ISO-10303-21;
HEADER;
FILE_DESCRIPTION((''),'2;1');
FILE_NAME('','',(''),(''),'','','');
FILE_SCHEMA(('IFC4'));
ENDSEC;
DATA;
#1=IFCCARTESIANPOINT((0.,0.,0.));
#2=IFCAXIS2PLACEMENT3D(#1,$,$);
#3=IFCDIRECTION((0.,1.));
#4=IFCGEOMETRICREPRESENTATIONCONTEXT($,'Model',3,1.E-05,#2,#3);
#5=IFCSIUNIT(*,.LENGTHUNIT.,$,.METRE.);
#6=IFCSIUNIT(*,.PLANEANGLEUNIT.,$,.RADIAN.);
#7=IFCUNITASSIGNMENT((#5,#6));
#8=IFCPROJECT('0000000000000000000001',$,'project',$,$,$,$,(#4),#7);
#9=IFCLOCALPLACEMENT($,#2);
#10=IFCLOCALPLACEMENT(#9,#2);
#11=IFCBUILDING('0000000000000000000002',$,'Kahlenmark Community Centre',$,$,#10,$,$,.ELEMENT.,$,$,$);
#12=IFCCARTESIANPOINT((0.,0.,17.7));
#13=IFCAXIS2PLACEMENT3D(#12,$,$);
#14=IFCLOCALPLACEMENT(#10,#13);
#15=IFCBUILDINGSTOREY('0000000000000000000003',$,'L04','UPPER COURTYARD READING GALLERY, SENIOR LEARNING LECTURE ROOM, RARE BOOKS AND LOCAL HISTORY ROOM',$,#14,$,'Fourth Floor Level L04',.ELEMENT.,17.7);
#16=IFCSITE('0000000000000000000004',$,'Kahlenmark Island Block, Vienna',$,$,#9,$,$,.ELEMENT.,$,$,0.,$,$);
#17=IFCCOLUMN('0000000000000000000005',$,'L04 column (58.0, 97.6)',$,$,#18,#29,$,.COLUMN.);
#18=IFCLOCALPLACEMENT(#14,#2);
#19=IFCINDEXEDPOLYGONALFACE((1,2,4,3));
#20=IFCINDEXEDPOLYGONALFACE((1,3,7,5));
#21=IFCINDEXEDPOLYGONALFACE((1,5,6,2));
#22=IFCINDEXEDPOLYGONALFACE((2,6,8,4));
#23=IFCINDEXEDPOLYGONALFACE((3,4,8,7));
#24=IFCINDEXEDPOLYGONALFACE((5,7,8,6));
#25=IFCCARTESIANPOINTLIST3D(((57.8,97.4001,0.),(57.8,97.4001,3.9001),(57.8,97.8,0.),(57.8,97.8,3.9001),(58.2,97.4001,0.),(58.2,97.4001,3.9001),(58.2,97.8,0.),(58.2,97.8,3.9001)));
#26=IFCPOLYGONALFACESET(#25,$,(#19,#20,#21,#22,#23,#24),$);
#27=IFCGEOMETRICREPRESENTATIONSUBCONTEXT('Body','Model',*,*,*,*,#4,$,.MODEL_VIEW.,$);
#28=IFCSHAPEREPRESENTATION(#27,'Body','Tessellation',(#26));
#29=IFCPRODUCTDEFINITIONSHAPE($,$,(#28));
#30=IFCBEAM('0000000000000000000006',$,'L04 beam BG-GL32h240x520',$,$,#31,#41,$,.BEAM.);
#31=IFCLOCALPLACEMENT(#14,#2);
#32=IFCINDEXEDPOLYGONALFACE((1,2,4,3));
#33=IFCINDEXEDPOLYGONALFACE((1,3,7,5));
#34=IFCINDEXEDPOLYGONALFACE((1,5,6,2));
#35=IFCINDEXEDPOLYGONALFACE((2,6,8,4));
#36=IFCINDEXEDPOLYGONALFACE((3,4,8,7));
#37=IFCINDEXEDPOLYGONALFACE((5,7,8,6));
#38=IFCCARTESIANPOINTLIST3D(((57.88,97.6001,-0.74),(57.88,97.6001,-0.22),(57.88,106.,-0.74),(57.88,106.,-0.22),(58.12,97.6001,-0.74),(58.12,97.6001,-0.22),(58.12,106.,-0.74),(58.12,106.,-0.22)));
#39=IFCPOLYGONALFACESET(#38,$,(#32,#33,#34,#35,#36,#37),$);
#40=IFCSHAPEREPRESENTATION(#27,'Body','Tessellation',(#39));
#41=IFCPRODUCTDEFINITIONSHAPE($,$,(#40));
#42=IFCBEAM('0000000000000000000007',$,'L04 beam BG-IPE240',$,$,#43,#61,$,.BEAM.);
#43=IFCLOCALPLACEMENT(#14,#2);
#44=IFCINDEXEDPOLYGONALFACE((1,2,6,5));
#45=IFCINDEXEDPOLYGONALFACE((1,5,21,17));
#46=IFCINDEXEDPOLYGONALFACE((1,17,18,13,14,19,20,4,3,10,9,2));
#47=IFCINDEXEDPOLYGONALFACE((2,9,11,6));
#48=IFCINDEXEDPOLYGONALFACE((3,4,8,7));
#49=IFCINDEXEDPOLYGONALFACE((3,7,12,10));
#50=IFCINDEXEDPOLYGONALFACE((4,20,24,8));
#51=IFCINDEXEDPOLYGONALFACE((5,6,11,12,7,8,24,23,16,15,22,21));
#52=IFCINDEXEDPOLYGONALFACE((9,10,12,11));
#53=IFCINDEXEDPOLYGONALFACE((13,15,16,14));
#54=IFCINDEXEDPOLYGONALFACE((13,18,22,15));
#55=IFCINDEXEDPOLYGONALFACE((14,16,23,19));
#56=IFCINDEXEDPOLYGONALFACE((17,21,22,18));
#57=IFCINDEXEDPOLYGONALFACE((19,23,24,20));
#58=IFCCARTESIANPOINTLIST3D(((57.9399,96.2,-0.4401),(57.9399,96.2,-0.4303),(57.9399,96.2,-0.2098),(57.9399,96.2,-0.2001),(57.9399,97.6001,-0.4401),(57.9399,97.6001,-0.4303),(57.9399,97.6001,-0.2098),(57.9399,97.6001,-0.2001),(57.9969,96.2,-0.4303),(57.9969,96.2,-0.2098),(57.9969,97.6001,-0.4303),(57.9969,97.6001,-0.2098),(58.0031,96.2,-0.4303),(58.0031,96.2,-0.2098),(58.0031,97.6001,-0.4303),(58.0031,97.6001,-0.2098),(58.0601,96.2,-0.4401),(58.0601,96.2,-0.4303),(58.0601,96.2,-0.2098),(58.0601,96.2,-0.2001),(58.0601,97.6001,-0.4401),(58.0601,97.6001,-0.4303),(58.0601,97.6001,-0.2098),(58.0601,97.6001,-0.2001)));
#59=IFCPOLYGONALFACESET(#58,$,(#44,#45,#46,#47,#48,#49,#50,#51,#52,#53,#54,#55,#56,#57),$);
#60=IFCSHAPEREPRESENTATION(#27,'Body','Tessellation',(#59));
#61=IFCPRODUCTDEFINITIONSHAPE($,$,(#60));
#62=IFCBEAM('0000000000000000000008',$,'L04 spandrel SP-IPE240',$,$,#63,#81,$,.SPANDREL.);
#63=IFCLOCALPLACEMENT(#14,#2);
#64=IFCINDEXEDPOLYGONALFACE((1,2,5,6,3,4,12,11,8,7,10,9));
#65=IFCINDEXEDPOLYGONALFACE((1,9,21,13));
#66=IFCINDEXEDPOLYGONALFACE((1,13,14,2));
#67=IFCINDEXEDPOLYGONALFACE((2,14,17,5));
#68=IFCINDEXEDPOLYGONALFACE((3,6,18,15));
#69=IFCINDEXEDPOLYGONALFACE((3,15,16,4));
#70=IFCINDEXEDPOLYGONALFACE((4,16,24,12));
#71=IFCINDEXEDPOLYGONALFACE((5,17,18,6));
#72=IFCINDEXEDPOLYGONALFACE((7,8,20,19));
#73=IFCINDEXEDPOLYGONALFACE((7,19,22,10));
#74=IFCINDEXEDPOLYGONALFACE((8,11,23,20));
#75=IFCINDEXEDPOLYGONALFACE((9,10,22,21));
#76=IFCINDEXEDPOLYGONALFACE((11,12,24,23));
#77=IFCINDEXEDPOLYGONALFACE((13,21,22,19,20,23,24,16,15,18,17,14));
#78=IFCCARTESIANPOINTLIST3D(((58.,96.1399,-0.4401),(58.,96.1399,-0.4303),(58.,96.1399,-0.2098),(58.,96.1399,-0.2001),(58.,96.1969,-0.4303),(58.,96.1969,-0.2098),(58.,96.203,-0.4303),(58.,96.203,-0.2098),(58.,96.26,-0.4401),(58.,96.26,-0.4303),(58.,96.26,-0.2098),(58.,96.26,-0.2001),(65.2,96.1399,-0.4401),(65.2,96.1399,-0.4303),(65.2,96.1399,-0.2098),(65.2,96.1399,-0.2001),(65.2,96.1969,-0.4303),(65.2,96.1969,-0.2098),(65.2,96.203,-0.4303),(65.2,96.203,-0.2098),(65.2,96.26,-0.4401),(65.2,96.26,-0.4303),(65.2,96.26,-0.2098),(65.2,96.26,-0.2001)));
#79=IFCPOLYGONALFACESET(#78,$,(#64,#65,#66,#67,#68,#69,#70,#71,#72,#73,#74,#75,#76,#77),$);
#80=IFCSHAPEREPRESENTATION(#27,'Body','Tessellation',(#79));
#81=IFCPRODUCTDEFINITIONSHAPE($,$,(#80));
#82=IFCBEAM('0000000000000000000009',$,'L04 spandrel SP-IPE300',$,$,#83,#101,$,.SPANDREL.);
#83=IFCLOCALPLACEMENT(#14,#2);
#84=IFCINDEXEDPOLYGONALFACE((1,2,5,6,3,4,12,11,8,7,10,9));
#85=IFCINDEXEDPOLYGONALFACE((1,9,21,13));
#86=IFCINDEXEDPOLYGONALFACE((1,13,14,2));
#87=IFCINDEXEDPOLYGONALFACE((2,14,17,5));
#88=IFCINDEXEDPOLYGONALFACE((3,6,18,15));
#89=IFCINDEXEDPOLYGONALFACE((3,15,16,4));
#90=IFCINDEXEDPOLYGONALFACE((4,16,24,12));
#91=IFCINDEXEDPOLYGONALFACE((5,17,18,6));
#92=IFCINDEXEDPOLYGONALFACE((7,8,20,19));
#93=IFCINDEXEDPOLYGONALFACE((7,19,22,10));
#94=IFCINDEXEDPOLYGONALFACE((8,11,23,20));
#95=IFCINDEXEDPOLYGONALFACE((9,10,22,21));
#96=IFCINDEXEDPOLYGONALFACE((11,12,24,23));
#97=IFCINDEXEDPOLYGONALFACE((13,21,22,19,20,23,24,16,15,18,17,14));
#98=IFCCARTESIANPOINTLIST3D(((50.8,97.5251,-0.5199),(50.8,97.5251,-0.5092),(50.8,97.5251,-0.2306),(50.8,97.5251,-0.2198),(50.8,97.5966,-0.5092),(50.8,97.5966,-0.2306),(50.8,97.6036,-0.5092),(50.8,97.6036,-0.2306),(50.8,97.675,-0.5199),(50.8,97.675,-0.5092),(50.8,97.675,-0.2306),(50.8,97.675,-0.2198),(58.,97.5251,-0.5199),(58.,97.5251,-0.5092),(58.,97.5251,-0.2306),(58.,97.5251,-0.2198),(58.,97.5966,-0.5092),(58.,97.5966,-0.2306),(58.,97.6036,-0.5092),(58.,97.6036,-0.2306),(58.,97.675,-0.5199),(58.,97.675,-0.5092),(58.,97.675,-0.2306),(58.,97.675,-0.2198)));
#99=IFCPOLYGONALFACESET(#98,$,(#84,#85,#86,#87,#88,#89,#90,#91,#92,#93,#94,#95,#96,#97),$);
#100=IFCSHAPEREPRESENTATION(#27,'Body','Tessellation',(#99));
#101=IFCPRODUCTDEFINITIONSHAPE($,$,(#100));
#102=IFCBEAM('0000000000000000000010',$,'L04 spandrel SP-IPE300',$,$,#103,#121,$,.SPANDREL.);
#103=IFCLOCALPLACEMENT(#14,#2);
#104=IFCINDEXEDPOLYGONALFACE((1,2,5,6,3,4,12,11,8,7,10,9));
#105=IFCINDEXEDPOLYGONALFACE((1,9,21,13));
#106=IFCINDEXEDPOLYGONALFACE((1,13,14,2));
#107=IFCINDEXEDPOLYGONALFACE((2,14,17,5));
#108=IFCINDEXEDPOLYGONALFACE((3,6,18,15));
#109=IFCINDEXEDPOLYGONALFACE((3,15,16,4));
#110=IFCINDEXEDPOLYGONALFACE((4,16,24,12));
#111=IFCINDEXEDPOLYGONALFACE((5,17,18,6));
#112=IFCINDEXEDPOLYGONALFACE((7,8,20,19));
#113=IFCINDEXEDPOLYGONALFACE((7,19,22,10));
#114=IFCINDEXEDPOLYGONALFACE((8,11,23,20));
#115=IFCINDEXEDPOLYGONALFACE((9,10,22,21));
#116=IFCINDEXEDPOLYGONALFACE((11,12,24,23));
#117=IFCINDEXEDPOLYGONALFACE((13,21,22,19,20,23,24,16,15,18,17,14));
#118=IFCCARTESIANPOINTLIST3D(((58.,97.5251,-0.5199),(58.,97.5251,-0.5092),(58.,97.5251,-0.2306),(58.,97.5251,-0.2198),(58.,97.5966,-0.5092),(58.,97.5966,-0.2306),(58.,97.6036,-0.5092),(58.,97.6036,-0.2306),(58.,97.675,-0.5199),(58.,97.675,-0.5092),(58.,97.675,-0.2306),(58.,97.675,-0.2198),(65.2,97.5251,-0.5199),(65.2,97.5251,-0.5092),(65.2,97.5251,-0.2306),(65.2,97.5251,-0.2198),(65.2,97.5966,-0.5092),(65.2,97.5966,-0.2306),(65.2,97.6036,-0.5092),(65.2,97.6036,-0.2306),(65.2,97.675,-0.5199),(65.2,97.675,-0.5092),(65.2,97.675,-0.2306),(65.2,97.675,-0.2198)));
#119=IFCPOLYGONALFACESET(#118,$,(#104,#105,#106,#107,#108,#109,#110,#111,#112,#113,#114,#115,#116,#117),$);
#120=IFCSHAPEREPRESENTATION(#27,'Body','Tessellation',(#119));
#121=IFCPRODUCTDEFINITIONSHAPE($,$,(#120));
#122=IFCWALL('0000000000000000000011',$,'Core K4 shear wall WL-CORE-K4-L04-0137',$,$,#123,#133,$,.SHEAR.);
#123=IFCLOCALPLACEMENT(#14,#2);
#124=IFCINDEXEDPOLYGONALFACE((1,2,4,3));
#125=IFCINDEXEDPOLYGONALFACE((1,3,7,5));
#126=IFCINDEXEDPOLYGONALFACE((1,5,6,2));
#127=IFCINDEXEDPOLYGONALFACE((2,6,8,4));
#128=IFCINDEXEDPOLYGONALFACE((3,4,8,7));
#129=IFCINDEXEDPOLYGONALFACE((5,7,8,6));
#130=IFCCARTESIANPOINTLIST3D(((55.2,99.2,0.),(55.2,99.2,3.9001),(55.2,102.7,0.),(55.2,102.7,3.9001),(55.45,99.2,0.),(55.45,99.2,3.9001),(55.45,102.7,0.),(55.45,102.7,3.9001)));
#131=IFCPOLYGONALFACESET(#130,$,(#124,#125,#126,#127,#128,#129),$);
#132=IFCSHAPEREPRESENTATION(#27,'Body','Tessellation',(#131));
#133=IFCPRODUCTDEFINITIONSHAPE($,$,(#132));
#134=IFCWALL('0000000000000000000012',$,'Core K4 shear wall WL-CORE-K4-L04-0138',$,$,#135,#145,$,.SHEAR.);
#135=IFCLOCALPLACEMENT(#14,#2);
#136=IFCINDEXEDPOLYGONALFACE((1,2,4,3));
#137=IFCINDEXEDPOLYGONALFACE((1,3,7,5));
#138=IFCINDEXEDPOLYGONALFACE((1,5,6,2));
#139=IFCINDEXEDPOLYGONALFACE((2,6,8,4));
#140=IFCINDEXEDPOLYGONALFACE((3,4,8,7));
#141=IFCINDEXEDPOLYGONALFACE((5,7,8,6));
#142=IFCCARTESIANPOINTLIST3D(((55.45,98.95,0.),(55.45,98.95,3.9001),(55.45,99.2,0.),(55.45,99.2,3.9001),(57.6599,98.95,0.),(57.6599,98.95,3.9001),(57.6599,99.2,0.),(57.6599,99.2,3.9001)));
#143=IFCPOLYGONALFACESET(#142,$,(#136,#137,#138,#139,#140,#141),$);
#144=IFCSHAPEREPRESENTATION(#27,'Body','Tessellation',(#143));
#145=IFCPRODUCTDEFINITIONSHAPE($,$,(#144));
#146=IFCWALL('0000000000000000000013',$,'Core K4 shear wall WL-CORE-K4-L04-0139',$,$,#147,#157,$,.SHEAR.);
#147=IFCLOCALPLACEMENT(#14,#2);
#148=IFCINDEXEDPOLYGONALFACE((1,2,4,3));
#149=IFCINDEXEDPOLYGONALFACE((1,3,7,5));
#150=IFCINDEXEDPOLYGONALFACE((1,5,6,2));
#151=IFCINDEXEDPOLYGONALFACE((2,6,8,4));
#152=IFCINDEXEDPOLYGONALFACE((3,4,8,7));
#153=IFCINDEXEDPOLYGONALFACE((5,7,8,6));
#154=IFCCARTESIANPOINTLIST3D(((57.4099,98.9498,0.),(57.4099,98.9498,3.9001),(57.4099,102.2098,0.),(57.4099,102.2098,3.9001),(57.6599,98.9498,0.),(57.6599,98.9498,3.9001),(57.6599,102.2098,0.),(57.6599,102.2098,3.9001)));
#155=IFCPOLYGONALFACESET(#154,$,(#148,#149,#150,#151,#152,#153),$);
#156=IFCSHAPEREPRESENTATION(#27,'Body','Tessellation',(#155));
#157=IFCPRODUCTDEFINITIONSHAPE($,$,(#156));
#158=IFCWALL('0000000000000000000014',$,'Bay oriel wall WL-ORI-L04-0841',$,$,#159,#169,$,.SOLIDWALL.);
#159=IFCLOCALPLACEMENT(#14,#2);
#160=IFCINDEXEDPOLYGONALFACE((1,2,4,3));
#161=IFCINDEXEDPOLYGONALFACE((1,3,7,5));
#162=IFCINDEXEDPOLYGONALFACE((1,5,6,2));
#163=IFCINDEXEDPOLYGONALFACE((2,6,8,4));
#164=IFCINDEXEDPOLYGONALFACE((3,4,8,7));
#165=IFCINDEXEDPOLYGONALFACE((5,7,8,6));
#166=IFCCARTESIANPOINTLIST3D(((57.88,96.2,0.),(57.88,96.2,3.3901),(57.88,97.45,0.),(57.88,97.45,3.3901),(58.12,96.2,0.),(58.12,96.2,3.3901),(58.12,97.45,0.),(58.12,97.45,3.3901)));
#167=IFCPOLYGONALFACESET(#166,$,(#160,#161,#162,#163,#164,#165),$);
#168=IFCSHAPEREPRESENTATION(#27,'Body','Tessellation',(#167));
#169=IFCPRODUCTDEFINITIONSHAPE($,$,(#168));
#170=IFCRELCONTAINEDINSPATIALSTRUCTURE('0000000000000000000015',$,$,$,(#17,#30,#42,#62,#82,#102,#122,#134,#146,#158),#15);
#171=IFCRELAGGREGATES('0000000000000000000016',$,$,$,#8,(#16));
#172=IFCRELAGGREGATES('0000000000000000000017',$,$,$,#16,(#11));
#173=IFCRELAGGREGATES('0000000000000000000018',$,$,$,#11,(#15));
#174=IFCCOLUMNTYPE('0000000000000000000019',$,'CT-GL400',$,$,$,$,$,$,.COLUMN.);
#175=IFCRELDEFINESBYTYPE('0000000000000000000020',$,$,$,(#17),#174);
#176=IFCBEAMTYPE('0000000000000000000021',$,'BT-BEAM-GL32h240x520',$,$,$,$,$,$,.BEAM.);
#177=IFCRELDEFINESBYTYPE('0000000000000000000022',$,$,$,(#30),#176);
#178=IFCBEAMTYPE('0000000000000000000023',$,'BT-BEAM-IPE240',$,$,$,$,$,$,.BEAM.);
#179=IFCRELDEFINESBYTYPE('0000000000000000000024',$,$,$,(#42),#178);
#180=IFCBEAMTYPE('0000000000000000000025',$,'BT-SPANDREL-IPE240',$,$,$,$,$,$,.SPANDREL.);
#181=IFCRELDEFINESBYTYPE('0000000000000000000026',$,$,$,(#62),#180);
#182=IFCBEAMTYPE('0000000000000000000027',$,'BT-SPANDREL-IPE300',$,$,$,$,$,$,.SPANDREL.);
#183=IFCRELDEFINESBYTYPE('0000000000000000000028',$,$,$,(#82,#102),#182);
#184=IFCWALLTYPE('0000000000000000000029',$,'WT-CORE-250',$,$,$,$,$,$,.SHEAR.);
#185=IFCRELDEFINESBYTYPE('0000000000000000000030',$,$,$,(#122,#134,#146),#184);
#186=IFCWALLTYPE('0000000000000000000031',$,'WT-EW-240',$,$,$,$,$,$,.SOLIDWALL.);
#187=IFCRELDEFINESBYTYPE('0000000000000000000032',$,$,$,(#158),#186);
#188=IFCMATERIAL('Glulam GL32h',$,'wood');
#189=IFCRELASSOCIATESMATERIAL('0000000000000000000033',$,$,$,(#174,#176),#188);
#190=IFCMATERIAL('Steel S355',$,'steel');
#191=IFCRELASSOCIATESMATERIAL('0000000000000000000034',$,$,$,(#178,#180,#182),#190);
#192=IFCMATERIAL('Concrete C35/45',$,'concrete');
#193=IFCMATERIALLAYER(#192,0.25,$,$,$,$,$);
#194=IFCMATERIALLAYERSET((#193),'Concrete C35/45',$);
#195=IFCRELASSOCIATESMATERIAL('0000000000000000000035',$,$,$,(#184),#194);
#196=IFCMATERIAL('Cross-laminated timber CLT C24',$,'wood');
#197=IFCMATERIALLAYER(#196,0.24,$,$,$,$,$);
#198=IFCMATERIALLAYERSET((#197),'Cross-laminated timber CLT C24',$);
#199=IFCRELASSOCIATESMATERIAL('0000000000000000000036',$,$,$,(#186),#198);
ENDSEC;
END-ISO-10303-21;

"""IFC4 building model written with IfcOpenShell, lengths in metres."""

from ifc_helpers import new_model, si_unit, direction, frame, frame_2d, origin, origin_2d, place, context, subcontext, project, spatial, rectangle, i_section, extrude, material, layer, layer_set, material_profile, profile_set, type_object, element, save


model = new_model("IFC4")

# Units and contexts
model_context = context("Model", 3, precision=1e-05, world=origin(), true_north=direction((0.0, 1.0)))
body_context = subcontext(model_context, "Body", "Model", "MODEL_VIEW")
ifc_project = project(units=[si_unit("LENGTHUNIT", "METRE"), si_unit("PLANEANGLEUNIT", "RADIAN")], contexts=[model_context])

# Site, building, storey
site_placement = place(None, origin())
site = spatial("IfcSite", under=ifc_project, at=site_placement, Name="Kahlenmark Island Block, Vienna", CompositionType="ELEMENT", RefElevation=0.0)
building_placement = place(site_placement, origin())
building = spatial("IfcBuilding", under=site, at=building_placement, Name="Kahlenmark Community Centre", CompositionType="ELEMENT")
storey_placement = place(building_placement, frame((0.0, 0.0, 17.7)))
storey = spatial("IfcBuildingStorey", under=building, at=storey_placement, Name="L04", Description="UPPER COURTYARD READING GALLERY, SENIOR LEARNING LECTURE ROOM, RARE BOOKS AND LOCAL HISTORY ROOM", LongName="Fourth Floor Level L04", CompositionType="ELEMENT", Elevation=17.7)

# Column
ifc_material_1 = material(Name="Glulam GL32h", Category="wood")
ifc_material_profile_1 = material_profile(ifc_material_1, rectangle(XDim=0.3999, YDim=0.3999, at=origin_2d()), Name="GL32h 400x400")
ifc_profile_set_1 = profile_set([ifc_material_profile_1], Name="Glulam GL32h")
column_type = type_object("IfcColumnType", Name="CT-GL400", PredefinedType="COLUMN", material=ifc_profile_set_1)
column_placement = place(storey_placement, frame((58.0, 97.6001, 0.0), z_axis=(0.0, 0.0, 1.0), x_axis=(1.0, 0.0, 0.0)))
element("IfcColumn", 1, at=column_placement, inside=storey, type_object=column_type, Name="L04 column (58.0, 97.6)", PredefinedType="COLUMN", context=body_context, shape_type="SweptSolid", body=[
    extrude(rectangle(XDim=0.3999, YDim=0.3999, at=origin_2d()), origin(), (0.0, 0.0, 1.0), 3.9001),
])

# Beams
ifc_material_profile_2 = material_profile(ifc_material_1, rectangle(XDim=0.24, YDim=0.52, at=origin_2d()), Name="GL32h 240x520")
ifc_profile_set_2 = profile_set([ifc_material_profile_2], Name="Glulam GL32h")
beam_type_1 = type_object("IfcBeamType", Name="BT-BEAM-GL32h240x520", PredefinedType="BEAM", material=ifc_profile_set_2)
beam_1_placement = place(storey_placement, frame((58.0, 97.6001, -0.48), z_axis=(0.0, 1.0, 0.0), x_axis=(-1.0, 0.0, 0.0)))
element("IfcBeam", 2, at=beam_1_placement, inside=storey, type_object=beam_type_1, Name="L04 beam BG-GL32h240x520", PredefinedType="BEAM", context=body_context, shape_type="SweptSolid", body=[
    extrude(rectangle(XDim=0.24, YDim=0.52, at=origin_2d()), origin(), (0.0, 0.0, 1.0), 8.3999),
])
ifc_material_2 = material(Name="Steel S355", Category="steel")
ifc_material_profile_3 = material_profile(ifc_material_2, i_section(OverallWidth=0.1201, OverallDepth=0.24, WebThickness=0.0061, FlangeThickness=0.0098, at=origin_2d()), Name="IPE 240")
ifc_profile_set_3 = profile_set([ifc_material_profile_3], Name="Steel S355")
beam_type_2 = type_object("IfcBeamType", Name="BT-BEAM-IPE240", PredefinedType="BEAM", material=ifc_profile_set_3)
beam_2_placement = place(storey_placement, frame((58.0, 96.2, -0.3201), z_axis=(0.0, 1.0, 0.0), x_axis=(-1.0, 0.0, 0.0)))
element("IfcBeam", 3, at=beam_2_placement, inside=storey, type_object=beam_type_2, Name="L04 beam BG-IPE240", PredefinedType="BEAM", context=body_context, shape_type="SweptSolid", body=[
    extrude(i_section(OverallWidth=0.1201, OverallDepth=0.24, WebThickness=0.0061, FlangeThickness=0.0098, at=origin_2d()), origin(), (0.0, 0.0, 1.0), 1.4001),
])
ifc_material_profile_4 = material_profile(ifc_material_2, i_section(OverallWidth=0.1201, OverallDepth=0.24, WebThickness=0.0061, FlangeThickness=0.0098, at=origin_2d()), Name="IPE 240")
ifc_profile_set_4 = profile_set([ifc_material_profile_4], Name="Steel S355")
beam_type_3 = type_object("IfcBeamType", Name="BT-SPANDREL-IPE240", PredefinedType="SPANDREL", material=ifc_profile_set_4)
beam_3_placement = place(storey_placement, frame((58.0, 96.2, -0.3201), z_axis=(1.0, 0.0, 0.0), x_axis=(0.0, 1.0, 0.0)))
element("IfcBeam", 4, at=beam_3_placement, inside=storey, type_object=beam_type_3, Name="L04 spandrel SP-IPE240", PredefinedType="SPANDREL", context=body_context, shape_type="SweptSolid", body=[
    extrude(i_section(OverallWidth=0.1201, OverallDepth=0.24, WebThickness=0.0061, FlangeThickness=0.0098, at=origin_2d()), origin(), (0.0, 0.0, 1.0), 7.2),
])
ifc_material_profile_5 = material_profile(ifc_material_2, i_section(OverallWidth=0.1499, OverallDepth=0.3, WebThickness=0.0071, FlangeThickness=0.0107, at=origin_2d()), Name="IPE 300")
ifc_profile_set_5 = profile_set([ifc_material_profile_5], Name="Steel S355")
beam_type_4 = type_object("IfcBeamType", Name="BT-SPANDREL-IPE300", PredefinedType="SPANDREL", material=ifc_profile_set_5)
for number, where, z_axis, x_axis, name in (
    (5, (50.8, 97.6001, -0.3699), (1.0, 0.0, 0.0), (0.0, 1.0, 0.0), "L04 spandrel SP-IPE300"),
    (6, (58.0, 97.6001, -0.3699), (1.0, 0.0, 0.0), (0.0, 1.0, 0.0), "L04 spandrel SP-IPE300"),
):
    element("IfcBeam", number, at=place(storey_placement, frame(where, z_axis=z_axis, x_axis=x_axis)), inside=storey, type_object=beam_type_4, Name=name, PredefinedType="SPANDREL", context=body_context, shape_type="SweptSolid", body=[
        extrude(i_section(OverallWidth=0.1499, OverallDepth=0.3, WebThickness=0.0071, FlangeThickness=0.0107, at=origin_2d()), origin(), (0.0, 0.0, 1.0), 7.2),
    ])

# Walls
ifc_material_3 = material(Name="Concrete C35/45", Category="concrete")
ifc_layer_1 = layer(ifc_material_3, 0.25)
ifc_layer_set_1 = layer_set([ifc_layer_1], Name="Concrete C35/45")
wall_type_1 = type_object("IfcWallType", Name="WT-CORE-250", PredefinedType="SHEAR", material=ifc_layer_set_1)
wall_1_placement = place(storey_placement, frame((55.325, 99.2, 0.0), z_axis=(0.0, 0.0, 1.0), x_axis=(0.0, 1.0, 0.0)))
element("IfcWall", 7, at=wall_1_placement, inside=storey, type_object=wall_type_1, Name="Core K4 shear wall WL-CORE-K4-L04-0137", PredefinedType="SHEAR", context=body_context, shape_type="SweptSolid", body=[
    extrude(rectangle(XDim=3.5, YDim=0.25, at=frame_2d((1.75, 0.0))), origin(), (0.0, 0.0, 1.0), 3.9001),
])
wall_2_placement = place(storey_placement, frame((55.45, 99.075, 0.0), z_axis=(0.0, 0.0, 1.0), x_axis=(1.0, 0.0, 0.0)))
element("IfcWall", 8, at=wall_2_placement, inside=storey, type_object=wall_type_1, Name="Core K4 shear wall WL-CORE-K4-L04-0138", PredefinedType="SHEAR", context=body_context, shape_type="SweptSolid", body=[
    extrude(rectangle(XDim=2.21, YDim=0.25, at=frame_2d((1.105, 0.0))), origin(), (0.0, 0.0, 1.0), 3.9001),
])
wall_3_placement = place(storey_placement, frame((57.5349, 98.95, 0.0), z_axis=(0.0, 0.0, 1.0), x_axis=(0.0, 1.0, 0.0)))
element("IfcWall", 9, at=wall_3_placement, inside=storey, type_object=wall_type_1, Name="Core K4 shear wall WL-CORE-K4-L04-0139", PredefinedType="SHEAR", context=body_context, shape_type="SweptSolid", body=[
    extrude(rectangle(XDim=3.26, YDim=0.25, at=frame_2d((1.6299, 0.0))), origin(), (0.0, 0.0, 1.0), 3.9001),
])
ifc_material_4 = material(Name="Cross-laminated timber CLT C24", Category="wood")
ifc_layer_2 = layer(ifc_material_4, 0.24)
ifc_layer_set_2 = layer_set([ifc_layer_2], Name="Cross-laminated timber CLT C24")
wall_type_2 = type_object("IfcWallType", Name="WT-EW-240", PredefinedType="SOLIDWALL", material=ifc_layer_set_2)
wall_4_placement = place(storey_placement, frame((58.0, 97.45, 0.0), z_axis=(0.0, 0.0, 1.0), x_axis=(0.0, -1.0, 0.0)))
element("IfcWall", 10, at=wall_4_placement, inside=storey, type_object=wall_type_2, Name="Bay oriel wall WL-ORI-L04-0841", PredefinedType="SOLIDWALL", context=body_context, shape_type="SweptSolid", body=[
    extrude(rectangle(XDim=1.25, YDim=0.24, at=frame_2d((0.625, 0.0))), origin(), (0.0, 0.0, 1.0), 3.3901),
])

save(model, "model.ifc")
